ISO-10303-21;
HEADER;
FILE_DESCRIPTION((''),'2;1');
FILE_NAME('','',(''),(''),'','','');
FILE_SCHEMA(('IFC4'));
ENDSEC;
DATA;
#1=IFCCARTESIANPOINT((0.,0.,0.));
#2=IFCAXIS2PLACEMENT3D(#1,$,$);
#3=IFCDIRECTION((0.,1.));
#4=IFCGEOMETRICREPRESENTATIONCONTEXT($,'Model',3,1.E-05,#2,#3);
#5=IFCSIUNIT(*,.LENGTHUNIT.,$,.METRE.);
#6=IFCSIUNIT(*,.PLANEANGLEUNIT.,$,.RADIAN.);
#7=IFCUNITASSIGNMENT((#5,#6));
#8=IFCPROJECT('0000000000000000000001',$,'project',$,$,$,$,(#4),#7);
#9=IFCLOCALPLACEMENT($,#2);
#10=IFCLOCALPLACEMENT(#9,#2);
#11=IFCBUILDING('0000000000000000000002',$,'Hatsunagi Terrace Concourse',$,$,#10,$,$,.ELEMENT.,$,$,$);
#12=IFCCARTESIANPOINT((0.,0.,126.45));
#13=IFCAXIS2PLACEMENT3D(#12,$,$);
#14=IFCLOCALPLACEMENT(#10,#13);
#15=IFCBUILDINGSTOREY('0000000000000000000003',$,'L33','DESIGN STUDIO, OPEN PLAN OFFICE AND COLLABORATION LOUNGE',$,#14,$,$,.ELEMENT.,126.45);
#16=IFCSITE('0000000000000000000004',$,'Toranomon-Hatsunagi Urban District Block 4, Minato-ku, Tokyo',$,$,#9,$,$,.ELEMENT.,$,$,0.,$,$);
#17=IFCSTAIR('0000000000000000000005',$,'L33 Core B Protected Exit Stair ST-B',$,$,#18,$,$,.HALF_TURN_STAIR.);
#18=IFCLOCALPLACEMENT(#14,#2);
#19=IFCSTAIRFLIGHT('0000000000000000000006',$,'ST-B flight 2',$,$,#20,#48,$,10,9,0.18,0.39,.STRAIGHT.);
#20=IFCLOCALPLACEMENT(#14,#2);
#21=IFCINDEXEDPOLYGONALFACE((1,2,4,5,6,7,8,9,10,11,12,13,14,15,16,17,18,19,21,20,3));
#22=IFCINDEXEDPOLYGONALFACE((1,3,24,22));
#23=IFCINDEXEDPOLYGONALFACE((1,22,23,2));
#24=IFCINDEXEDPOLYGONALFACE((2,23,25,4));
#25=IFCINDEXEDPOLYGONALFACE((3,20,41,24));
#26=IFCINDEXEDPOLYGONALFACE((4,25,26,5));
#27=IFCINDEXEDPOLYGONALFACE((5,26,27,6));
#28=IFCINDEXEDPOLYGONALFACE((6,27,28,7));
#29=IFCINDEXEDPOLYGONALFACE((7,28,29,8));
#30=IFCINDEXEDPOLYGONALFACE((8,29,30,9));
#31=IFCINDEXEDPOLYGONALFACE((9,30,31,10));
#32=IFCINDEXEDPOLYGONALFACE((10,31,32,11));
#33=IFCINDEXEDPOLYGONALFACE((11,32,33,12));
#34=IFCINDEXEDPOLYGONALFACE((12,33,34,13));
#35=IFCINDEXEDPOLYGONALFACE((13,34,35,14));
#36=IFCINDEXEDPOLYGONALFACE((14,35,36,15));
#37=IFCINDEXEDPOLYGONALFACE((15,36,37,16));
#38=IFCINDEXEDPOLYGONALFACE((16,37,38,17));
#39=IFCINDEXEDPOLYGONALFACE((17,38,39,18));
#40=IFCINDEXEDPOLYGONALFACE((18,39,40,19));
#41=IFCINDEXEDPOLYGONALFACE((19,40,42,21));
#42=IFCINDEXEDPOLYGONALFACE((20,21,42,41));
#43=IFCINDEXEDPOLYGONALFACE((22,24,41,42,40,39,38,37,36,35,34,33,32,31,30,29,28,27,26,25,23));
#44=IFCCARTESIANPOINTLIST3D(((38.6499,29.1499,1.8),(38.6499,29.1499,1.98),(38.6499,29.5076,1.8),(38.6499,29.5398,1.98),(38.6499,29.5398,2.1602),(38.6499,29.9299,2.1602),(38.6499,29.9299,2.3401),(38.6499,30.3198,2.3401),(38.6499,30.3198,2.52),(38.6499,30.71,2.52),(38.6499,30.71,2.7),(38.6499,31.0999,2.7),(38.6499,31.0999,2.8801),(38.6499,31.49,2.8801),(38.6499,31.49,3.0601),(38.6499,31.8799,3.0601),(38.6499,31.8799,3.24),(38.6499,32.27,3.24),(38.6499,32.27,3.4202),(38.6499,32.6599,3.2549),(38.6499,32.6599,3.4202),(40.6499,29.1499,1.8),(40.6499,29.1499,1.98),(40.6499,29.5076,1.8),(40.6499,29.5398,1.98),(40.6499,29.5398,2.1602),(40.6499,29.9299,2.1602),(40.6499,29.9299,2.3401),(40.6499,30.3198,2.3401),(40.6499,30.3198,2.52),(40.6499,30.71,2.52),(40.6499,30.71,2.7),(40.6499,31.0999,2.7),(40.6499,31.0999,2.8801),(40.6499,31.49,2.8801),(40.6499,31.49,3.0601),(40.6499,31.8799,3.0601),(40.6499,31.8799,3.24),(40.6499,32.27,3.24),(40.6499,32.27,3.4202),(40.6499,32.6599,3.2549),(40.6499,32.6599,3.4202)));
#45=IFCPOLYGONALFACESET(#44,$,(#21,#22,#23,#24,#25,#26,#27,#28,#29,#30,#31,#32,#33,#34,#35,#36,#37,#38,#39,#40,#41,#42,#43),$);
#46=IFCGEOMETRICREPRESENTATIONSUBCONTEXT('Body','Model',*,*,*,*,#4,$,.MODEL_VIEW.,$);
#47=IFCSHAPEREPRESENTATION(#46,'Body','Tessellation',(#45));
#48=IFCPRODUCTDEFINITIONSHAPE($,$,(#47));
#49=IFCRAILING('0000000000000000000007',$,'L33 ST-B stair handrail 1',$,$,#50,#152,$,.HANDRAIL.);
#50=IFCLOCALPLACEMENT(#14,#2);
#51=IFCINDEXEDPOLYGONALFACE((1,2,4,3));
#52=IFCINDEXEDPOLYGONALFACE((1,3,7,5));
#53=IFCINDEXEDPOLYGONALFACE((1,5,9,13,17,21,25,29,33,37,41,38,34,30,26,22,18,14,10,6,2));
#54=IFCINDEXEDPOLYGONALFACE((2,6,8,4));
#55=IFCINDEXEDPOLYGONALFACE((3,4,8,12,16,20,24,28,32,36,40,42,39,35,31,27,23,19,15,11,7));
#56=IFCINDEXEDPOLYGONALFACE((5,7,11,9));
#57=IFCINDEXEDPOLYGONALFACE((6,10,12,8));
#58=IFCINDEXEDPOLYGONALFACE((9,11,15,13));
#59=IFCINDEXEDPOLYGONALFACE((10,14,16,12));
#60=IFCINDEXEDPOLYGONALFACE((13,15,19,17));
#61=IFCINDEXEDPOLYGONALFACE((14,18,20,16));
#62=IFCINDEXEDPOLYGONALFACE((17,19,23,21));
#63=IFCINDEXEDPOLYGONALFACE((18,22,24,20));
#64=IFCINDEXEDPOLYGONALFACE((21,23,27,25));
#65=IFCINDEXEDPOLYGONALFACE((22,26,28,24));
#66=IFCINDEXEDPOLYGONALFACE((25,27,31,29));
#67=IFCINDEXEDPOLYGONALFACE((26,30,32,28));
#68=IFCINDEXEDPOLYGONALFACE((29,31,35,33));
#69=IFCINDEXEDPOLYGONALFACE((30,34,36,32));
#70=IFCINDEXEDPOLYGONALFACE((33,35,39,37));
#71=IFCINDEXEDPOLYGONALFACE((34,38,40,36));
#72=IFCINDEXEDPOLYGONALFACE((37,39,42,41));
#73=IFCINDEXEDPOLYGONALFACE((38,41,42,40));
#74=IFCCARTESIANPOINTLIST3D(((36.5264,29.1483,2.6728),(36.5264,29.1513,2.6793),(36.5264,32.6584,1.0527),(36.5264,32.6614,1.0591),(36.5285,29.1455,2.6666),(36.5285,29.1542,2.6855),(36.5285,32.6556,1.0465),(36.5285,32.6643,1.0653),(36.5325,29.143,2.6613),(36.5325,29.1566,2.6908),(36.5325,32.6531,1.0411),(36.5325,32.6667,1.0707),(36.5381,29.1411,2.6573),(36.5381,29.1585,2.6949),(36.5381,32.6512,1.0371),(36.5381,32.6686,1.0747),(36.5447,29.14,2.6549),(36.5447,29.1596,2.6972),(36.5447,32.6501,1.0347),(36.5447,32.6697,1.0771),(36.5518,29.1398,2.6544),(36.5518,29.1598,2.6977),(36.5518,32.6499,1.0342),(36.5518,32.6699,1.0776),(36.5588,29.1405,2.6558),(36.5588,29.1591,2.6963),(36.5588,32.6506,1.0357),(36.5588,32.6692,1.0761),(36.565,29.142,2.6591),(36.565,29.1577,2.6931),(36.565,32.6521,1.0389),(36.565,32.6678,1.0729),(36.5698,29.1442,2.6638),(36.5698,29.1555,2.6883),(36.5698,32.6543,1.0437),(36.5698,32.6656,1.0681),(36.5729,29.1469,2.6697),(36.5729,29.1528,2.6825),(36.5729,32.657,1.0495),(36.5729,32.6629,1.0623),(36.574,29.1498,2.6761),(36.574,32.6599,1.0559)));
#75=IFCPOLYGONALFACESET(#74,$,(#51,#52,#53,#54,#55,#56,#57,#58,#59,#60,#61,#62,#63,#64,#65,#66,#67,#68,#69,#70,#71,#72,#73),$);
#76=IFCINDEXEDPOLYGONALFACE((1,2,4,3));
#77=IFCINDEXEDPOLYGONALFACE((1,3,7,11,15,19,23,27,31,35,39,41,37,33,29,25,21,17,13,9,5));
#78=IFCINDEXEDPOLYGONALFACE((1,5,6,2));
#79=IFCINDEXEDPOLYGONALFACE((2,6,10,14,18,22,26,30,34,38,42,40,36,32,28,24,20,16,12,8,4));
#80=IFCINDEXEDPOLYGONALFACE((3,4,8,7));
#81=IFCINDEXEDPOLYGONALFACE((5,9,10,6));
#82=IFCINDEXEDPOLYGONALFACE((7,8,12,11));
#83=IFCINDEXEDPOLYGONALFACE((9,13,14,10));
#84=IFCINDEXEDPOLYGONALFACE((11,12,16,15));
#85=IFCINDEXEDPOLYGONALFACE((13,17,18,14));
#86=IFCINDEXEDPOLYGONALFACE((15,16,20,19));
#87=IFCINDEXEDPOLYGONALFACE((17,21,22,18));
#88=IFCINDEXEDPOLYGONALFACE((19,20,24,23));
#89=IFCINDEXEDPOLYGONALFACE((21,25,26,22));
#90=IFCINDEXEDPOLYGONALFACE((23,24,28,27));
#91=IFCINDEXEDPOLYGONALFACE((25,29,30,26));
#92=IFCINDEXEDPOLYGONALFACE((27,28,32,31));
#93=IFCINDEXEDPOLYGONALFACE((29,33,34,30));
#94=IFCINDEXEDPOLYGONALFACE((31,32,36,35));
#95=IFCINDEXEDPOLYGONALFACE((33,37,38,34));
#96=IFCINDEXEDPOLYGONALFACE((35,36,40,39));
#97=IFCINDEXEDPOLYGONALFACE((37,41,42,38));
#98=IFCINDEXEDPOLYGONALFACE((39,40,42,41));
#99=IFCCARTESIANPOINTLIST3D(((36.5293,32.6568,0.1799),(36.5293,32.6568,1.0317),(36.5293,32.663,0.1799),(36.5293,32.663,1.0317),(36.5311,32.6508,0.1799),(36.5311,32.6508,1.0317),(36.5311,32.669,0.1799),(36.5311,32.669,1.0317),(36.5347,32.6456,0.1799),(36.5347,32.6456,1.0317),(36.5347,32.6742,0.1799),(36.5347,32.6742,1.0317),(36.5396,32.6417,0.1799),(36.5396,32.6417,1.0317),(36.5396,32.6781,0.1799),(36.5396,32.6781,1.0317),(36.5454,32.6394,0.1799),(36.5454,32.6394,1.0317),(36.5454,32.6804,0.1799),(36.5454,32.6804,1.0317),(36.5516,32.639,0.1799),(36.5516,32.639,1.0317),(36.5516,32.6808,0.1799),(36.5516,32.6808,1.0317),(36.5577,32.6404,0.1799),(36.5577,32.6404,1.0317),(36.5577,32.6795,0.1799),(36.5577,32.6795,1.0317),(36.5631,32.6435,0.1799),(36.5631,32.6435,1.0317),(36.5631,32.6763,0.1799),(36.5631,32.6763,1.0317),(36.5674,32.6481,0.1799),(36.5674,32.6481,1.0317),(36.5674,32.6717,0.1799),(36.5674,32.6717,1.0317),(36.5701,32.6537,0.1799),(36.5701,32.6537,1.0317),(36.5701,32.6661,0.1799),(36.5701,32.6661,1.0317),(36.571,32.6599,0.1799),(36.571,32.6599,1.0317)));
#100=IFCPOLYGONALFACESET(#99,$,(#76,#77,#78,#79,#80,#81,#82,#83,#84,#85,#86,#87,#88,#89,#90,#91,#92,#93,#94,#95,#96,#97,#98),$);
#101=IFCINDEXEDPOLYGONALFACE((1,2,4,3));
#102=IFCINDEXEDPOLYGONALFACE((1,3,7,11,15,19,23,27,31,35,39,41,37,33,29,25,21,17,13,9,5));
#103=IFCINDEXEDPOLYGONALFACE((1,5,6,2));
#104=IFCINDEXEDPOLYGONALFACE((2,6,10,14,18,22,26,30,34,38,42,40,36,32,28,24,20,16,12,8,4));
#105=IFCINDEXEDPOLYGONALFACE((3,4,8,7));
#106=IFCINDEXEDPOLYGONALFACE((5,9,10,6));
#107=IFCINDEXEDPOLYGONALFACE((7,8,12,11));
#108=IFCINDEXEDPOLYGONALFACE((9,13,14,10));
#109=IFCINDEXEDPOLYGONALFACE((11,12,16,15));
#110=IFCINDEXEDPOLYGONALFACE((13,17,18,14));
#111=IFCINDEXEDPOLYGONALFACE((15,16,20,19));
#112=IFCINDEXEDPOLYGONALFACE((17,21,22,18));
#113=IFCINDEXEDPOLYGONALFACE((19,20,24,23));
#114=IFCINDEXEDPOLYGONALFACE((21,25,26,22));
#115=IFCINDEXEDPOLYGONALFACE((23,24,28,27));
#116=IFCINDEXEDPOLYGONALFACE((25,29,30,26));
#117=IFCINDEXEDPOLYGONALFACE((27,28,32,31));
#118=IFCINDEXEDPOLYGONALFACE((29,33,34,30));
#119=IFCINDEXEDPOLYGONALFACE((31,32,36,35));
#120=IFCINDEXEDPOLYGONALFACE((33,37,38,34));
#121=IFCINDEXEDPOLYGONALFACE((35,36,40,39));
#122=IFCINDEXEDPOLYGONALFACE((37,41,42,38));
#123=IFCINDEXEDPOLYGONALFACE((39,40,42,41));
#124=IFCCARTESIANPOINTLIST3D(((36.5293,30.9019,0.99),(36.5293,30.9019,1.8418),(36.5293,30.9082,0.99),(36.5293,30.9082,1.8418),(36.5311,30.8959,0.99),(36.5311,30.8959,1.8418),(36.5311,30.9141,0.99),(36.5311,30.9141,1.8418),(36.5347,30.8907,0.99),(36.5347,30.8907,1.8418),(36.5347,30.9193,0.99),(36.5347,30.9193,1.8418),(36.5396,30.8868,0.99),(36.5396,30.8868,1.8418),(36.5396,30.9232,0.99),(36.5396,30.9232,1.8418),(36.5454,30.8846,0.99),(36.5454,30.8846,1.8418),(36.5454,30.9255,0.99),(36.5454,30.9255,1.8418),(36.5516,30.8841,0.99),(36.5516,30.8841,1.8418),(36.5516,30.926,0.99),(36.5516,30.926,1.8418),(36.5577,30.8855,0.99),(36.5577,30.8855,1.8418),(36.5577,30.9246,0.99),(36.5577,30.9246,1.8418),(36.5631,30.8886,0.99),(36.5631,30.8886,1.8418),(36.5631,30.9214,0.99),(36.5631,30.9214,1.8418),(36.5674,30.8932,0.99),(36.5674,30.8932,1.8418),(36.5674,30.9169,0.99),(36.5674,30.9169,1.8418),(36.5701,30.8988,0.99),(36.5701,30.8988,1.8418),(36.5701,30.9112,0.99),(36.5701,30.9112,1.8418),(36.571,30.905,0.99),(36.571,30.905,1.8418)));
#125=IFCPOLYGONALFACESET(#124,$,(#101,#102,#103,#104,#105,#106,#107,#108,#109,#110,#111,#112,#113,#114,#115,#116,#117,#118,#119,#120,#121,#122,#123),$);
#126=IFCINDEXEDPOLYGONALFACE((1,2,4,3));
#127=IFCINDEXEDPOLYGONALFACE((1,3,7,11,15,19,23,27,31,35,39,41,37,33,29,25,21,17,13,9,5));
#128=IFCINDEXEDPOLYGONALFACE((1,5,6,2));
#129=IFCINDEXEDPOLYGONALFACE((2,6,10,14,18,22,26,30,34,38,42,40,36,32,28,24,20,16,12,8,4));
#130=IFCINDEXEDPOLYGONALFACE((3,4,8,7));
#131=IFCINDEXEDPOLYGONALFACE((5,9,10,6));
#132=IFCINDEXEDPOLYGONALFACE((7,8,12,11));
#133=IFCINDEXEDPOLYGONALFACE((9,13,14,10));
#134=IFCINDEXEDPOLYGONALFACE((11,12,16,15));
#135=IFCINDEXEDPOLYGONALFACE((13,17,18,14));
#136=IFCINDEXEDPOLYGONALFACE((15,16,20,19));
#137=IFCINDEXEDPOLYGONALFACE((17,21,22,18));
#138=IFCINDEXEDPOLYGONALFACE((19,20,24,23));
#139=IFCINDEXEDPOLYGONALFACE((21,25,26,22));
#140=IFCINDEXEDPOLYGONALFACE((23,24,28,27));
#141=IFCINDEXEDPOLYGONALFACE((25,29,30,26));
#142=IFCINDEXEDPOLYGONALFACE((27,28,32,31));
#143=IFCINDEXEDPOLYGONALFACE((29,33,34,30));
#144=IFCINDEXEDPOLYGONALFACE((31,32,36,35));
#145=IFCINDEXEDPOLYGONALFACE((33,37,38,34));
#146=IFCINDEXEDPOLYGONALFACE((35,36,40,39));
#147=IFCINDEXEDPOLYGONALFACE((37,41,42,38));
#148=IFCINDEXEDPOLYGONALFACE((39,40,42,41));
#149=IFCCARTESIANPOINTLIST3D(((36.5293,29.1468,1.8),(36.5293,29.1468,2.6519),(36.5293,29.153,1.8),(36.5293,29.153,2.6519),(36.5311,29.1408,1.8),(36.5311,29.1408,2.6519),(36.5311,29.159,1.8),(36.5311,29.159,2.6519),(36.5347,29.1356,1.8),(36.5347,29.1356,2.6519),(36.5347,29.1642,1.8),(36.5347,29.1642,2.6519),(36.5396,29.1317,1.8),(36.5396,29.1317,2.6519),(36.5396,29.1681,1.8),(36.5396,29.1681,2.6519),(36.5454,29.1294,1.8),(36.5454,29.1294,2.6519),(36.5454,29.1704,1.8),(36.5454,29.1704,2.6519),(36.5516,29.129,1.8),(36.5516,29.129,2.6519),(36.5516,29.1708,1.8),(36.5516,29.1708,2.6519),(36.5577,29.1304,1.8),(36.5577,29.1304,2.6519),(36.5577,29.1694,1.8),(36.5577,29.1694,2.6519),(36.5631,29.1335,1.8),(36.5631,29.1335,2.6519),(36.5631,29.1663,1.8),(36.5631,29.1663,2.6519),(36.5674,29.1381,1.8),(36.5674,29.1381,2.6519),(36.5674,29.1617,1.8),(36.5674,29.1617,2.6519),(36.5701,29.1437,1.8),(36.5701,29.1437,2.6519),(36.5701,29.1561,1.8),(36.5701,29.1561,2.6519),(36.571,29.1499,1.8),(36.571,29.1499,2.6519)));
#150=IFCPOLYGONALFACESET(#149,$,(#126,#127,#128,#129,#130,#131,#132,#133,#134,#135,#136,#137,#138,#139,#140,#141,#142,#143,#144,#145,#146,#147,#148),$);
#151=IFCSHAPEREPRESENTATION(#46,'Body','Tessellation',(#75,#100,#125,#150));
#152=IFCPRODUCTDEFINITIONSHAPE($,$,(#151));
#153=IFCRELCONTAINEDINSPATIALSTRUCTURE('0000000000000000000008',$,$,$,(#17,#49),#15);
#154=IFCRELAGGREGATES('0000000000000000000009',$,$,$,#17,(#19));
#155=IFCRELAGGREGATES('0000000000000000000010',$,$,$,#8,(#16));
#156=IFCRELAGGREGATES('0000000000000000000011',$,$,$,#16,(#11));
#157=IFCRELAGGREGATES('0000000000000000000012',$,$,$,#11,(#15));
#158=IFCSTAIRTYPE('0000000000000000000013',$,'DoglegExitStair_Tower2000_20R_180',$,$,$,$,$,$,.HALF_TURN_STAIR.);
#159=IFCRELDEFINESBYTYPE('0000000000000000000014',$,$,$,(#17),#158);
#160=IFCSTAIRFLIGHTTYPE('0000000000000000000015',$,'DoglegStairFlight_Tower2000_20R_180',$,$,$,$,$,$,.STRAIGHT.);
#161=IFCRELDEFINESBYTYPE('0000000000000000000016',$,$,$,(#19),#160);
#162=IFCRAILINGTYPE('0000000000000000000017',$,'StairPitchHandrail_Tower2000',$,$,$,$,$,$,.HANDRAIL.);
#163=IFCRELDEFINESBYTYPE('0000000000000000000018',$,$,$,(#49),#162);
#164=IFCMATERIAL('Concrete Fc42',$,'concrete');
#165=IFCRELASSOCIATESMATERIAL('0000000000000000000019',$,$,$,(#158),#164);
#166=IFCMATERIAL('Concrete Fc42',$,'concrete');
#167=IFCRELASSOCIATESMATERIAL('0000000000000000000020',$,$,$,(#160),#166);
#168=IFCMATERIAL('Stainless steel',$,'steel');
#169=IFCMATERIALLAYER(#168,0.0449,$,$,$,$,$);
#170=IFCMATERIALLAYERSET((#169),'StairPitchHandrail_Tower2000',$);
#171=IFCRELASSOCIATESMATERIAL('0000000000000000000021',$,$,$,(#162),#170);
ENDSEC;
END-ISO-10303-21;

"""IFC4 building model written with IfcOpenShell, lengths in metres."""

from ifc_helpers import new_model, si_unit, direction, frame, origin, origin_2d, place, context, subcontext, project, spatial, polyline, circle, outline, extrude, material, layer, layer_set, type_object, element, aggregate, save


model = new_model("IFC4")

# Units and contexts
model_context = context("Model", 3, precision=1e-05, world=origin(), true_north=direction((0.0, 1.0)))
body_context = subcontext(model_context, "Body", "Model", "MODEL_VIEW")
ifc_project = project(units=[si_unit("LENGTHUNIT", "METRE"), si_unit("PLANEANGLEUNIT", "RADIAN")], contexts=[model_context])

# Site, building, storey
site_placement = place(None, origin())
site = spatial("IfcSite", under=ifc_project, at=site_placement, Name="Toranomon-Hatsunagi Urban District Block 4, Minato-ku, Tokyo", CompositionType="ELEMENT", RefElevation=0.0)
building_placement = place(site_placement, origin())
building = spatial("IfcBuilding", under=site, at=building_placement, Name="Hatsunagi Terrace Concourse", CompositionType="ELEMENT")
storey_placement = place(building_placement, frame((0.0, 0.0, 126.45)))
storey = spatial("IfcBuildingStorey", under=building, at=storey_placement, Name="L33", Description="DESIGN STUDIO, OPEN PLAN OFFICE AND COLLABORATION LOUNGE", CompositionType="ELEMENT", Elevation=126.45)

# Stair, stair flight
ifc_material_1 = material(Name="Concrete Fc42", Category="concrete")
stair_type = type_object("IfcStairType", Name="DoglegExitStair_Tower2000_20R_180", PredefinedType="HALF_TURN_STAIR", material=ifc_material_1)
stair_placement = place(storey_placement, origin())
stair = element("IfcStair", 1, at=stair_placement, inside=storey, type_object=stair_type, Name="L33 Core B Protected Exit Stair ST-B", PredefinedType="HALF_TURN_STAIR")
ifc_material_2 = material(Name="Concrete Fc42", Category="concrete")
stair_flight_type = type_object("IfcStairFlightType", Name="DoglegStairFlight_Tower2000_20R_180", PredefinedType="STRAIGHT", material=ifc_material_2)
stair_flight_1_placement = place(storey_placement, frame((39.6499, 29.1499, 1.8), z_axis=(0.0, 0.0, 1.0), x_axis=(0.0, 1.0, 0.0)))
stair_flight_1 = element("IfcStairFlight", 2, at=stair_flight_1_placement, type_object=stair_flight_type, Name="ST-B flight 2", NumberOfRisers=10, NumberOfTreads=9, PredefinedType="STRAIGHT", RiserHeight=0.18, TreadLength=0.39, context=body_context, shape_type="SweptSolid", body=[
    extrude(outline(polyline([(0.0, 0.0), (0.0, 0.1799), (0.3899, 0.1799), (0.3899, 0.3601), (0.78, 0.3601), (0.78, 0.54), (1.1699, 0.54), (1.1699, 0.72), (1.5601, 0.72), (1.5601, 0.8999), (1.95, 0.8999), (1.95, 1.0801), (2.3401, 1.0801), (2.3401, 1.26), (2.73, 1.26), (2.73, 1.4399), (3.1201, 1.4399), (3.1201, 1.6201), (3.51, 1.6201), (3.51, 1.8), (3.51, 1.4548), (0.3577, 0.0), (0.0, 0.0)])), frame((0.0, 1.0, 0.0), z_axis=(0.0, -1.0, 0.0), x_axis=(1.0, 0.0, 0.0)), (0.0, 0.0, 1.0), 2.0),
])
aggregate(stair, [stair_flight_1])

# Railing
ifc_material_3 = material(Name="Stainless steel", Category="steel")
ifc_layer_1 = layer(ifc_material_3, 0.0449)
ifc_layer_set_1 = layer_set([ifc_layer_1], Name="StairPitchHandrail_Tower2000")
railing_type_1 = type_object("IfcRailingType", Name="StairPitchHandrail_Tower2000", PredefinedType="HANDRAIL", material=ifc_layer_set_1)
railing_1_placement = place(storey_placement, frame((36.55, 32.6599, 0.1799)))
element("IfcRailing", 3, at=railing_1_placement, inside=storey, type_object=railing_type_1, Name="L33 ST-B stair handrail 1", PredefinedType="HANDRAIL", context=body_context, shape_type="SweptSolid", body=[
    extrude(circle(Radius=0.0239, at=origin_2d()), frame((0.0, 0.0, 0.876), z_axis=(0.0, -0.907948, 0.419082), x_axis=(1.0, 0.0, 0.0)), (0.0, 0.0, 1.0), 3.866),
    extrude(circle(Radius=0.021, at=origin_2d()), origin(), (0.0, 0.0, 1.0), 0.8518),
    extrude(circle(Radius=0.021, at=origin_2d()), frame((0.0, -1.7549, 0.8101)), (0.0, 0.0, 1.0), 0.8518),
    extrude(circle(Radius=0.021, at=origin_2d()), frame((0.0, -3.51, 1.6201)), (0.0, 0.0, 1.0), 0.8518),
])

save(model, "model.ifc")
